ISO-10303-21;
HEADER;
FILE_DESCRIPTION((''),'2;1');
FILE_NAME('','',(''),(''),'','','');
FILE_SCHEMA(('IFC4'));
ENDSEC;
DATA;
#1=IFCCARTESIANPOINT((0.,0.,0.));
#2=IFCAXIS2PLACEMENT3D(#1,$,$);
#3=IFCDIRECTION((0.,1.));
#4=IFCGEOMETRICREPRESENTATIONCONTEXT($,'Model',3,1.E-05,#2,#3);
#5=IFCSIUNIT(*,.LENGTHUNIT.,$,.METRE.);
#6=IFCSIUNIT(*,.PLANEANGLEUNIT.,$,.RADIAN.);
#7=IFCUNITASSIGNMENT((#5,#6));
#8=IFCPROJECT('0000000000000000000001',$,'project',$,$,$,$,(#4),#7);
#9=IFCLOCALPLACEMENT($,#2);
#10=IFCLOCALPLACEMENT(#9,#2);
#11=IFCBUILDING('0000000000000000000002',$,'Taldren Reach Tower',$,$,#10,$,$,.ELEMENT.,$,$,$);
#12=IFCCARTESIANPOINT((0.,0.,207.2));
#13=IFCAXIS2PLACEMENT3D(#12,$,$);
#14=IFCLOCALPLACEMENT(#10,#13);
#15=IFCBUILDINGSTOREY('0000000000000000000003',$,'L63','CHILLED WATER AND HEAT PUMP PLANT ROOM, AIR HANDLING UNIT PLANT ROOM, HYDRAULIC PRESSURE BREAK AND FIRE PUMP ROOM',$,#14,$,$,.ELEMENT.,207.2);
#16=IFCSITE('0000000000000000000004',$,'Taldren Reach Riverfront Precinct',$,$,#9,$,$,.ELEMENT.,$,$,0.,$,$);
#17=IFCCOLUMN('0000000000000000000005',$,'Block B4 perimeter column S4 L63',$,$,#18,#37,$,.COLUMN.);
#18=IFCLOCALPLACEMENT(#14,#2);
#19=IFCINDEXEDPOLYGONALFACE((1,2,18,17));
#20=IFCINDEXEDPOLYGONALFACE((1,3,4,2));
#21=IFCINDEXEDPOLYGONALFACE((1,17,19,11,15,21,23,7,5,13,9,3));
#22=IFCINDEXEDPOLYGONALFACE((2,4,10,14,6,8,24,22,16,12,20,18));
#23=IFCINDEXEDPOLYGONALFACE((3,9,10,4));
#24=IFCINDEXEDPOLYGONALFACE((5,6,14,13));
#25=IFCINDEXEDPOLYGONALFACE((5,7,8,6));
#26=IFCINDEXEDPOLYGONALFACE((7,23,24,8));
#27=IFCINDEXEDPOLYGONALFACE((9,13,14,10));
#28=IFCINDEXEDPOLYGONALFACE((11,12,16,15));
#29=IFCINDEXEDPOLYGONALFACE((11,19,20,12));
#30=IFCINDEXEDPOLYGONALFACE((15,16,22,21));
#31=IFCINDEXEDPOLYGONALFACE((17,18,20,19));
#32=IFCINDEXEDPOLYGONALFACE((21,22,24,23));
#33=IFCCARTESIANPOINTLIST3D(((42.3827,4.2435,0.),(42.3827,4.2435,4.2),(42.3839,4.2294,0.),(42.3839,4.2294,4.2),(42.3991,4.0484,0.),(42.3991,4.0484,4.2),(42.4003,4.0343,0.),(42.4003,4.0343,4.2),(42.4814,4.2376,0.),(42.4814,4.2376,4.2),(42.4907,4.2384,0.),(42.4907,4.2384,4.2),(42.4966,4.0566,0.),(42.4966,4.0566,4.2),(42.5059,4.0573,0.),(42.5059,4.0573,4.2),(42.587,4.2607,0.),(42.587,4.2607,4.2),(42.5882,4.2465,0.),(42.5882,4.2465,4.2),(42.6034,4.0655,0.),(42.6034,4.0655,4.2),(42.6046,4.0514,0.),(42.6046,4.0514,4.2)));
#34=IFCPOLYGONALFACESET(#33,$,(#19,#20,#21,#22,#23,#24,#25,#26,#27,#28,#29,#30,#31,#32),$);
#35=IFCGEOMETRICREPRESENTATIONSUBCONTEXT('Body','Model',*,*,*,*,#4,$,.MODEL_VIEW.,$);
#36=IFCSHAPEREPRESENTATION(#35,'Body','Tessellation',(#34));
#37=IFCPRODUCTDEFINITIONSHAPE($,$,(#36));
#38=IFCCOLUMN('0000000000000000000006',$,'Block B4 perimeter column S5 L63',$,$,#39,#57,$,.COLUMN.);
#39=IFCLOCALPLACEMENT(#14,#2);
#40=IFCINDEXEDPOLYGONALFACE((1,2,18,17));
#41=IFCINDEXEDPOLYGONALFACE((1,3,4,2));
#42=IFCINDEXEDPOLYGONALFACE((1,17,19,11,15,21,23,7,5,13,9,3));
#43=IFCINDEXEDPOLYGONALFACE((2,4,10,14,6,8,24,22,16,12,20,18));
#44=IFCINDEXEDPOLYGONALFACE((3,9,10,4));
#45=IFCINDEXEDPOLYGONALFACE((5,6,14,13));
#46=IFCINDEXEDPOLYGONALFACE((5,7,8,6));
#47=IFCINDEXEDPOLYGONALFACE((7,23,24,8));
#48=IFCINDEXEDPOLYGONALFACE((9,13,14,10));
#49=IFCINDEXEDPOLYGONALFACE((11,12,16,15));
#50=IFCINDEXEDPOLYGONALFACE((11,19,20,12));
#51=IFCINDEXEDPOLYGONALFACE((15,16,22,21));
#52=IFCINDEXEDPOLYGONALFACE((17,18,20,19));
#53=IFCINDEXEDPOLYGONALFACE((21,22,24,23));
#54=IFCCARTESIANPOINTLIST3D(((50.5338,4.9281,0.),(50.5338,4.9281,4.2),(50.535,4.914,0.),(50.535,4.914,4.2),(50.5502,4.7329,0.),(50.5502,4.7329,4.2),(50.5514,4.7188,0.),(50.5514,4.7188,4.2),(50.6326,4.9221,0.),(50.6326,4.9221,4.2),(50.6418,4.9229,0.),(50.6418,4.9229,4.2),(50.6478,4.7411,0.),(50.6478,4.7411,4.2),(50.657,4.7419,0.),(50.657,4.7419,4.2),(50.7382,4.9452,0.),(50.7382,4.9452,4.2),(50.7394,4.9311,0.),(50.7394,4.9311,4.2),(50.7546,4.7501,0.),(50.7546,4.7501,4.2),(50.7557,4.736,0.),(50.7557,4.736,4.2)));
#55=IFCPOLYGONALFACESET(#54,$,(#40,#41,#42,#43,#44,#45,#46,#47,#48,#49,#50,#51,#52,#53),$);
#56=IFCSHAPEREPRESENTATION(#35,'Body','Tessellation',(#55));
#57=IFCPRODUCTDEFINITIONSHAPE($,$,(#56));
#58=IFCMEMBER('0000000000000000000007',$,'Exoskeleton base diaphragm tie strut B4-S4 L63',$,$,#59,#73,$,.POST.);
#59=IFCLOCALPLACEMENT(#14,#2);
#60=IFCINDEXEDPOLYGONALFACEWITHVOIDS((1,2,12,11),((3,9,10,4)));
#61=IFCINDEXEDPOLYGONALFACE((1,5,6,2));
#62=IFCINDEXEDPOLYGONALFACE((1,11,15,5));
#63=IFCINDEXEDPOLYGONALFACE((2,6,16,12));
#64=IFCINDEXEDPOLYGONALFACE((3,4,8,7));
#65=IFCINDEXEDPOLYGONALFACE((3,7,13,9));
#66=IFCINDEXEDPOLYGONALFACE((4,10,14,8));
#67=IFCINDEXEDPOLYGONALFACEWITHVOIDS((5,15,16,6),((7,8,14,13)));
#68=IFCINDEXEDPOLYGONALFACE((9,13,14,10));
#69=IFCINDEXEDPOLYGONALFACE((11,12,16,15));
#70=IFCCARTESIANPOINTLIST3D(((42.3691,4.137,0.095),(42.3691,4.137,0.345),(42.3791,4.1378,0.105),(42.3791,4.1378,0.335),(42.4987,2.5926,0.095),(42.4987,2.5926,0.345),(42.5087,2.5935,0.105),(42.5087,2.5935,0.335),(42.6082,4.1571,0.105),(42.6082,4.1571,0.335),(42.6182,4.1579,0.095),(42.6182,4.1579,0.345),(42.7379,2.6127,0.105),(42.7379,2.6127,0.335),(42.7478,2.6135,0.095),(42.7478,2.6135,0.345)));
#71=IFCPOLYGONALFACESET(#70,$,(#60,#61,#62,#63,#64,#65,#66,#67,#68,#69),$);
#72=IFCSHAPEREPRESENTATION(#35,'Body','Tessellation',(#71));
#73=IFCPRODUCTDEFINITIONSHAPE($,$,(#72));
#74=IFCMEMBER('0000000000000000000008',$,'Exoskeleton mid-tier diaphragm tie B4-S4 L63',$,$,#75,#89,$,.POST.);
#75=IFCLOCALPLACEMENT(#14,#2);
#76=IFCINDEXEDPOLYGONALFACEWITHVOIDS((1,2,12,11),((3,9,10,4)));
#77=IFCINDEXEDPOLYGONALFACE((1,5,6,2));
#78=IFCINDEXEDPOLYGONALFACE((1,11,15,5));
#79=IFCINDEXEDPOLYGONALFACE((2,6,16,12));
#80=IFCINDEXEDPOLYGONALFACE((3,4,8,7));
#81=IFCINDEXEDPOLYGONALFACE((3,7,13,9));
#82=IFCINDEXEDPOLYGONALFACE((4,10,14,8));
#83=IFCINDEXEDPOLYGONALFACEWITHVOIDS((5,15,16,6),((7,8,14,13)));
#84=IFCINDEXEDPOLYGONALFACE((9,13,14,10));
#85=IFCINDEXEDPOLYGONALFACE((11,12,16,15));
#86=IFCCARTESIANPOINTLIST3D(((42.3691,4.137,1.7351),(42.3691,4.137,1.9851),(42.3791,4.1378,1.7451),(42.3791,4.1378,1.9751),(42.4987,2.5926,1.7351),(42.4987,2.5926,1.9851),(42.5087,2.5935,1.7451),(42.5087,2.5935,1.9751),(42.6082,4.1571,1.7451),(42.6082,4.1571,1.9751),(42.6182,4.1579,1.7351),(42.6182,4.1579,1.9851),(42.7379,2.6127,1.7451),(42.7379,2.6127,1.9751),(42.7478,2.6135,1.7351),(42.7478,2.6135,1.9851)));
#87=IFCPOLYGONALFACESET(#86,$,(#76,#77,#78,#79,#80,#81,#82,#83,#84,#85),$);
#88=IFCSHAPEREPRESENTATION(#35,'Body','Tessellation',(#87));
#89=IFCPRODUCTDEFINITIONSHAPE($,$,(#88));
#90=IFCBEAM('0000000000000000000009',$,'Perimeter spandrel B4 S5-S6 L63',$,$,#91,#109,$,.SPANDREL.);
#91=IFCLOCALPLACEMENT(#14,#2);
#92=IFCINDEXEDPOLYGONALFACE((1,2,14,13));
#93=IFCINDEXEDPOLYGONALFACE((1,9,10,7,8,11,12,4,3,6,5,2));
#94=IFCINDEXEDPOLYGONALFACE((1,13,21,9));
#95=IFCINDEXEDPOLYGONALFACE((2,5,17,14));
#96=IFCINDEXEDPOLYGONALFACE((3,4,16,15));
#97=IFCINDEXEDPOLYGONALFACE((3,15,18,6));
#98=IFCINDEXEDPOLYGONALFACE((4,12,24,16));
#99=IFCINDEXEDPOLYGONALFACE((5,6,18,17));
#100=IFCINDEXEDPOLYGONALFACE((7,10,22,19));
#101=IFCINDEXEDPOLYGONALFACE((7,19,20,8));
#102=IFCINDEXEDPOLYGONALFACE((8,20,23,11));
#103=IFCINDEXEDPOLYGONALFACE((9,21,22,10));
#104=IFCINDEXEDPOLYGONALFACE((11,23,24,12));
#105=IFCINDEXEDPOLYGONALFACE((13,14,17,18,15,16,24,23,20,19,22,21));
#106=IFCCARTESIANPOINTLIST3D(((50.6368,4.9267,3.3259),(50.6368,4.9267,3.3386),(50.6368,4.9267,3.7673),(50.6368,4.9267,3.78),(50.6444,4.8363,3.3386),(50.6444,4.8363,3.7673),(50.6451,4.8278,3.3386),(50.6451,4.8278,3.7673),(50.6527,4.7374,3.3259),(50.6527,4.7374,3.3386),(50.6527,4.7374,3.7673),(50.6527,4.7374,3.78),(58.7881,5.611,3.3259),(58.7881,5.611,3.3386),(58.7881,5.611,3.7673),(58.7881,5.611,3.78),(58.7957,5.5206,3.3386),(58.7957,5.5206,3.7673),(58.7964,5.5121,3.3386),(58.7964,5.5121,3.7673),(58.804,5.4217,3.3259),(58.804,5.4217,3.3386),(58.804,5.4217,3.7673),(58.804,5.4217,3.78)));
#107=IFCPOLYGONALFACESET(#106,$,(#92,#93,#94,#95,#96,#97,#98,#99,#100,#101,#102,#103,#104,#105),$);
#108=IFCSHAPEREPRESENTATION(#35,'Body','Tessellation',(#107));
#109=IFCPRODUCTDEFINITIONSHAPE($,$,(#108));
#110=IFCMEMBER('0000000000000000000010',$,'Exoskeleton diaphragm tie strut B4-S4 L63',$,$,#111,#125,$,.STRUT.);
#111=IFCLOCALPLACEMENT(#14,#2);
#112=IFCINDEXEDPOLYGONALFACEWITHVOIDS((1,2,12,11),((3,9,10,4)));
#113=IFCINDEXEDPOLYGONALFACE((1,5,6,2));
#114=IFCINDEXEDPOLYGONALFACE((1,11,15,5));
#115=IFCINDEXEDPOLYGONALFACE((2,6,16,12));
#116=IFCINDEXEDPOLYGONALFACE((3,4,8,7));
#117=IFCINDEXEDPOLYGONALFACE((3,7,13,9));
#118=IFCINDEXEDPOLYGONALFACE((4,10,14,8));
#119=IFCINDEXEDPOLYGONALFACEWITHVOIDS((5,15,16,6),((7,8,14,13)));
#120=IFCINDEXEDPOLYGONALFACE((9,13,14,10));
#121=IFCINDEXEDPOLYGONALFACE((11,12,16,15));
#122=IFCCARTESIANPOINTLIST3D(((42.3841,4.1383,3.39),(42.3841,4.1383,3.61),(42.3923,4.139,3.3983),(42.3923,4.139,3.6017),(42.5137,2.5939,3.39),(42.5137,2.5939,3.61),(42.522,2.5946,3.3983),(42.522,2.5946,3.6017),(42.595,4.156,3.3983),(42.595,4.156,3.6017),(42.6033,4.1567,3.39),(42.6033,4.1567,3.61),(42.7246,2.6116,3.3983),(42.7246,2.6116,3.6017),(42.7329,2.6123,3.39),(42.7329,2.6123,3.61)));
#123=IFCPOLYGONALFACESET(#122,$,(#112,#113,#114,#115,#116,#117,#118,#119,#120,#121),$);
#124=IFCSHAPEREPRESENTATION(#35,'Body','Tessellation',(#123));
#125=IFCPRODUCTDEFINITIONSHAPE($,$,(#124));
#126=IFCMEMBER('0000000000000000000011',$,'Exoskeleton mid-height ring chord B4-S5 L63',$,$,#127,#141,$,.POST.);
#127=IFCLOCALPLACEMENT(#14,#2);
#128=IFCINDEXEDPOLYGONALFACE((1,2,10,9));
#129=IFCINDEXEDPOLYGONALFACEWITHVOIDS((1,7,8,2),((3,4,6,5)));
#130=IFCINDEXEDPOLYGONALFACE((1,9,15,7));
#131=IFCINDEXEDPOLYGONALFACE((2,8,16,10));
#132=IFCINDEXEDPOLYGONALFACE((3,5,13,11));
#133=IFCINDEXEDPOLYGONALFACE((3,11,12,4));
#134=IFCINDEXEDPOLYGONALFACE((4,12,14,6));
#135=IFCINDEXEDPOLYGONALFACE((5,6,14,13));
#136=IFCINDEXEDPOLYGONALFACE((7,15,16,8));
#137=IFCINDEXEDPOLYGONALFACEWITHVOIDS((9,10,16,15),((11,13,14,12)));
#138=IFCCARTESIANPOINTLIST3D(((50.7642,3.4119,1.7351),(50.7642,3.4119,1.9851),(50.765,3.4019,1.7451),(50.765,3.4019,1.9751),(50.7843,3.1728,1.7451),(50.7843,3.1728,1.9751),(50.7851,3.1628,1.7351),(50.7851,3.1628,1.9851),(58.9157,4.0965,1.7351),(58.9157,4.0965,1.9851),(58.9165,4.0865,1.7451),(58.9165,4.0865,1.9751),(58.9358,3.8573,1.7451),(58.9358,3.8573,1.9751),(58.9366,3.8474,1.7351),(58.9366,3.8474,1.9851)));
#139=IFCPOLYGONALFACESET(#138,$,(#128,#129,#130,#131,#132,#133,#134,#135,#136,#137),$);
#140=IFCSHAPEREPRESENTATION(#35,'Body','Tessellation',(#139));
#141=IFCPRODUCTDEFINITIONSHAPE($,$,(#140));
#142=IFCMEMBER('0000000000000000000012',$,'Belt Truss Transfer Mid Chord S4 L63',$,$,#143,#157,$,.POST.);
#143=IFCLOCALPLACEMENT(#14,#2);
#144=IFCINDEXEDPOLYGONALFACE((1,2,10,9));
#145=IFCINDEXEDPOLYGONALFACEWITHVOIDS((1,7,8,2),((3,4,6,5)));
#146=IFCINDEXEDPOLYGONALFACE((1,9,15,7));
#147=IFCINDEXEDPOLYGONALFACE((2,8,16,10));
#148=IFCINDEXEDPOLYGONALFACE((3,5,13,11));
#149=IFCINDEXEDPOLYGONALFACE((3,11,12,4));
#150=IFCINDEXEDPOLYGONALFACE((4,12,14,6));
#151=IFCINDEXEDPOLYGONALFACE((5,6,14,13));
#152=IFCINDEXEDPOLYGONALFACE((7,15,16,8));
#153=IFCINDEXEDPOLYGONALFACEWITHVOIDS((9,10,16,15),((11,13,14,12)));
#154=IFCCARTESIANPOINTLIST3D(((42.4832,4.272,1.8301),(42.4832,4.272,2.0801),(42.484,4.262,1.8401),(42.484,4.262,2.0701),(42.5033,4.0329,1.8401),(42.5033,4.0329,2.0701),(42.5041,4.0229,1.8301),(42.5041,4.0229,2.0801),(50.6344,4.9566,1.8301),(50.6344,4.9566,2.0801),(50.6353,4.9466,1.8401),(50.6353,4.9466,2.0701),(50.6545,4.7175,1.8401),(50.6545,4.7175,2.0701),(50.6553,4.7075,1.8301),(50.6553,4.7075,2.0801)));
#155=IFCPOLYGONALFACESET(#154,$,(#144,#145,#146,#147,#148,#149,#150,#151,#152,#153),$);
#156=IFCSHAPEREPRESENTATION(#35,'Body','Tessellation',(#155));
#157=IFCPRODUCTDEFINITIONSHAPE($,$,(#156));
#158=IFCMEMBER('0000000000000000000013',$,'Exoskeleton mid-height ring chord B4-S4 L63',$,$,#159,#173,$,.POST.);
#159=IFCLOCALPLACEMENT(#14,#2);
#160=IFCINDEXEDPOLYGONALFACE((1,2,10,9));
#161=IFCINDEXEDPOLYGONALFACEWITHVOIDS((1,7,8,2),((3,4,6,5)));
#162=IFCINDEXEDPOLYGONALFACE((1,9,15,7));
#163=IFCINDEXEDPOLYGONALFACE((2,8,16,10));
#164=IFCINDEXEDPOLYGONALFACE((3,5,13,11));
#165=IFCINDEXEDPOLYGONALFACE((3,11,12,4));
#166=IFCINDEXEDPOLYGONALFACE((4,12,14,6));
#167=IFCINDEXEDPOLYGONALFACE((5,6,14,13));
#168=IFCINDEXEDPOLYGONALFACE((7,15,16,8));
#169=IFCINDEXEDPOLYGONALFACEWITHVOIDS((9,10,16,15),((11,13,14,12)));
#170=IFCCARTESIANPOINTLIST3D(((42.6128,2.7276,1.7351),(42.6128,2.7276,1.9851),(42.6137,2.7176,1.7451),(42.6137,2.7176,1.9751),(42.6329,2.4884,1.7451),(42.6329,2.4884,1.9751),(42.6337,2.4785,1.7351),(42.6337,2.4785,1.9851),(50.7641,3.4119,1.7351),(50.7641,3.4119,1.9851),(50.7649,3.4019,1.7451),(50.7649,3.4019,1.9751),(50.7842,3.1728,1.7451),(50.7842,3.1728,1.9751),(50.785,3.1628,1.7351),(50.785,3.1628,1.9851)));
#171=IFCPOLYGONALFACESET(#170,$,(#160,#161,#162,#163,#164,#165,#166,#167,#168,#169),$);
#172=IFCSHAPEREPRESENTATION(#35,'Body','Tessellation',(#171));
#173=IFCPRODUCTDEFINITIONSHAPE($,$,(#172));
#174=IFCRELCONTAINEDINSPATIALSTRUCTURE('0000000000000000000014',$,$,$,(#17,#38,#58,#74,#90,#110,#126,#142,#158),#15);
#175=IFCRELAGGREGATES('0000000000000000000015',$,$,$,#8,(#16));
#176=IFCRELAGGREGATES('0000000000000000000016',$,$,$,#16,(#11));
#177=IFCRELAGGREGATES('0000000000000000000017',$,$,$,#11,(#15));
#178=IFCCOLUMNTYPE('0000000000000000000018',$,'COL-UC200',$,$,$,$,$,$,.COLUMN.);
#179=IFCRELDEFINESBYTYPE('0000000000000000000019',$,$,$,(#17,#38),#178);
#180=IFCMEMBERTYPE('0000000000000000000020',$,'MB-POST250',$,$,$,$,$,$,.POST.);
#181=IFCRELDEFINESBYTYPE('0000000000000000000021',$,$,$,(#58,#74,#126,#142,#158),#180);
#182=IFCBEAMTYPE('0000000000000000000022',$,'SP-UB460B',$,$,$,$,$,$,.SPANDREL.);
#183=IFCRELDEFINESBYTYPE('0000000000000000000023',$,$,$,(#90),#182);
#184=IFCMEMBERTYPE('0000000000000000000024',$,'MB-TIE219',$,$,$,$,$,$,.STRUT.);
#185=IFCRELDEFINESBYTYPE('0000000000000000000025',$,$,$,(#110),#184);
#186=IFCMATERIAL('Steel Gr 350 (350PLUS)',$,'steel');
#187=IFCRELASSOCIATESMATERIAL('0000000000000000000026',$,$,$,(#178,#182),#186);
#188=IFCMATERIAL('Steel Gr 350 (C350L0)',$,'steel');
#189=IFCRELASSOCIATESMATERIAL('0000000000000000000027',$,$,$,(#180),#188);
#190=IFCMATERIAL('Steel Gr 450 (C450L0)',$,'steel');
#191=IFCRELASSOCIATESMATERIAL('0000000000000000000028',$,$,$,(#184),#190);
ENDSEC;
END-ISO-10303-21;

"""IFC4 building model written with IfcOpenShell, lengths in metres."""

from ifc_helpers import new_model, si_unit, direction, frame, origin, origin_2d, place, context, subcontext, project, spatial, hollow_rectangle, i_section, extrude, source, transform, mapped, material, material_profile, profile_set, type_object, element, save


model = new_model("IFC4")

# Units and contexts
model_context = context("Model", 3, precision=1e-05, world=origin(), true_north=direction((0.0, 1.0)))
body_context = subcontext(model_context, "Body", "Model", "MODEL_VIEW")
ifc_project = project(units=[si_unit("LENGTHUNIT", "METRE"), si_unit("PLANEANGLEUNIT", "RADIAN")], contexts=[model_context])

# Site, building, storey
site_placement = place(None, origin())
site = spatial("IfcSite", under=ifc_project, at=site_placement, Name="Taldren Reach Riverfront Precinct", CompositionType="ELEMENT", RefElevation=0.0)
building_placement = place(site_placement, origin())
building = spatial("IfcBuilding", under=site, at=building_placement, Name="Taldren Reach Tower", CompositionType="ELEMENT")
storey_placement = place(building_placement, frame((0.0, 0.0, 207.2)))
storey = spatial("IfcBuildingStorey", under=building, at=storey_placement, Name="L63", Description="CHILLED WATER AND HEAT PUMP PLANT ROOM, AIR HANDLING UNIT PLANT ROOM, HYDRAULIC PRESSURE BREAK AND FIRE PUMP ROOM", CompositionType="ELEMENT", Elevation=207.2)

# Columns
ifc_material_1 = material(Name="Steel Gr 350 (350PLUS)", Category="steel")
ifc_material_profile_1 = material_profile(ifc_material_1, i_section(OverallWidth=0.2051, OverallDepth=0.21, WebThickness=0.0093, FlangeThickness=0.0142, at=origin_2d()), Name="200UC59.5")
ifc_profile_set_1 = profile_set([ifc_material_profile_1], Name="Steel Gr 350 (350PLUS)")
column_type = type_object("IfcColumnType", Name="COL-UC200", PredefinedType="COLUMN", material=ifc_profile_set_1)
shared_shape_1 = source(origin(), body_context, "Body", "SweptSolid", [
    extrude(i_section(OverallWidth=0.2051, OverallDepth=0.21, WebThickness=0.0093, FlangeThickness=0.0142, at=origin_2d()), origin(), (0.0, 0.0, 1.0), 4.2),
])
for number, where, z_axis, x_axis, name in (
    (1, (42.4937, 4.1475, 0.0), (0.0, 0.0, 1.0), (0.996493, 0.083678, 0.0), "Block B4 perimeter column S4 L63"),
    (2, (50.6448, 4.832, 0.0), (0.0, 0.0, 1.0), (0.996493, 0.083678, 0.0), "Block B4 perimeter column S5 L63"),
):
    element("IfcColumn", number, at=place(storey_placement, frame(where, z_axis=z_axis, x_axis=x_axis)), inside=storey, type_object=column_type, Name=name, PredefinedType="COLUMN", context=body_context, shape_type="MappedRepresentation", body=[
        mapped(shared_shape_1, transform((0.0, 0.0, 0.0), scale=1.0)),
    ])

# Members
ifc_material_2 = material(Name="Steel Gr 350 (C350L0)", Category="steel")
ifc_material_profile_2 = material_profile(ifc_material_2, hollow_rectangle(XDim=0.25, YDim=0.25, WallThickness=0.01, at=origin_2d()), Name="250x250x10.0SHS")
ifc_profile_set_2 = profile_set([ifc_material_profile_2], Name="Steel Gr 350 (C350L0)")
member_type_1 = type_object("IfcMemberType", Name="MB-POST250", PredefinedType="POST", material=ifc_profile_set_2)
shared_shape_2 = source(origin(), body_context, "Body", "SweptSolid", [
    extrude(hollow_rectangle(XDim=0.25, YDim=0.25, WallThickness=0.01, at=origin_2d()), origin(), (0.0, 0.0, 1.0), 1.5498),
])
for number, where, z_axis, x_axis, name in (
    (3, (42.4937, 4.1475, 0.22), (0.083645, -0.996496, 0.0), (0.996496, 0.083645, 0.0), "Exoskeleton base diaphragm tie strut B4-S4 L63"),
    (4, (42.4937, 4.1475, 1.8601), (0.083645, -0.996496, 0.0), (0.996496, 0.083645, 0.0), "Exoskeleton mid-tier diaphragm tie B4-S4 L63"),
):
    element("IfcMember", number, at=place(storey_placement, frame(where, z_axis=z_axis, x_axis=x_axis)), inside=storey, type_object=member_type_1, Name=name, PredefinedType="POST", context=body_context, shape_type="MappedRepresentation", body=[
        mapped(shared_shape_2, transform((0.0, 0.0, 0.0), scale=1.0)),
    ])

# Beam
ifc_material_profile_3 = material_profile(ifc_material_1, i_section(OverallWidth=0.1899, OverallDepth=0.4541, WebThickness=0.0085, FlangeThickness=0.0127, at=origin_2d()), Name="460UB67.1")
ifc_profile_set_3 = profile_set([ifc_material_profile_3], Name="Steel Gr 350 (350PLUS)")
beam_type_1 = type_object("IfcBeamType", Name="SP-UB460B", PredefinedType="SPANDREL", material=ifc_profile_set_3)
shared_shape_3 = source(origin(), body_context, "Body", "SweptSolid", [
    extrude(i_section(OverallWidth=0.1899, OverallDepth=0.4541, WebThickness=0.0085, FlangeThickness=0.0127, at=origin_2d()), origin(), (0.0, 0.0, 1.0), 8.1799),
])
beam_1_placement = place(storey_placement, frame((50.6448, 4.832, 3.553), z_axis=(0.996495, 0.083658, 0.0), x_axis=(-0.083658, 0.996495, 0.0)))
element("IfcBeam", 5, at=beam_1_placement, inside=storey, type_object=beam_type_1, Name="Perimeter spandrel B4 S5-S6 L63", PredefinedType="SPANDREL", context=body_context, shape_type="MappedRepresentation", body=[
    mapped(shared_shape_3, transform((0.0, 0.0, 0.0), scale=1.0)),
])

# Members
ifc_material_3 = material(Name="Steel Gr 450 (C450L0)", Category="steel")
ifc_material_profile_4 = material_profile(ifc_material_3, hollow_rectangle(XDim=0.22, YDim=0.22, WallThickness=0.0083, at=origin_2d()), Name="220x220x8.2SHS")
ifc_profile_set_4 = profile_set([ifc_material_profile_4], Name="Steel Gr 450 (C450L0)")
member_type_2 = type_object("IfcMemberType", Name="MB-TIE219", PredefinedType="STRUT", material=ifc_profile_set_4)
shared_shape_4 = source(origin(), body_context, "Body", "SweptSolid", [
    extrude(hollow_rectangle(XDim=0.22, YDim=0.22, WallThickness=0.0083, at=origin_2d()), origin(), (0.0, 0.0, 1.0), 1.5498),
])
member_1_placement = place(storey_placement, frame((42.4937, 4.1475, 3.5), z_axis=(0.083645, -0.996496, 0.0), x_axis=(0.996496, 0.083645, 0.0)))
element("IfcMember", 6, at=member_1_placement, inside=storey, type_object=member_type_2, Name="Exoskeleton diaphragm tie strut B4-S4 L63", PredefinedType="STRUT", context=body_context, shape_type="MappedRepresentation", body=[
    mapped(shared_shape_4, transform((0.0, 0.0, 0.0), scale=1.0)),
])
shared_shape_5 = source(origin(), body_context, "Body", "SweptSolid", [
    extrude(hollow_rectangle(XDim=0.25, YDim=0.25, WallThickness=0.01, at=origin_2d()), origin(), (0.0, 0.0, 1.0), 8.1802),
])
member_2_placement = place(storey_placement, frame((50.7747, 3.2874, 1.8601), z_axis=(0.996492, 0.083688, 0.0), x_axis=(-0.083688, 0.996492, 0.0)))
element("IfcMember", 7, at=member_2_placement, inside=storey, type_object=member_type_1, Name="Exoskeleton mid-height ring chord B4-S5 L63", PredefinedType="POST", context=body_context, shape_type="MappedRepresentation", body=[
    mapped(shared_shape_5, transform((0.0, 0.0, 0.0), scale=1.0)),
])
shared_shape_6 = source(origin(), body_context, "Body", "SweptSolid", [
    extrude(hollow_rectangle(XDim=0.25, YDim=0.25, WallThickness=0.01, at=origin_2d()), origin(), (0.0, 0.0, 1.0), 8.1799),
])
for number, where, z_axis, x_axis, name in (
    (8, (42.4937, 4.1475, 1.9551), (0.996492, 0.08369, 0.0), (-0.08369, 0.996492, 0.0), "Belt Truss Transfer Mid Chord S4 L63"),
    (9, (42.6233, 2.603, 1.8601), (0.996495, 0.083658, 0.0), (-0.083658, 0.996495, 0.0), "Exoskeleton mid-height ring chord B4-S4 L63"),
):
    element("IfcMember", number, at=place(storey_placement, frame(where, z_axis=z_axis, x_axis=x_axis)), inside=storey, type_object=member_type_1, Name=name, PredefinedType="POST", context=body_context, shape_type="MappedRepresentation", body=[
        mapped(shared_shape_6, transform((0.0, 0.0, 0.0), scale=1.0)),
    ])

save(model, "model.ifc")
